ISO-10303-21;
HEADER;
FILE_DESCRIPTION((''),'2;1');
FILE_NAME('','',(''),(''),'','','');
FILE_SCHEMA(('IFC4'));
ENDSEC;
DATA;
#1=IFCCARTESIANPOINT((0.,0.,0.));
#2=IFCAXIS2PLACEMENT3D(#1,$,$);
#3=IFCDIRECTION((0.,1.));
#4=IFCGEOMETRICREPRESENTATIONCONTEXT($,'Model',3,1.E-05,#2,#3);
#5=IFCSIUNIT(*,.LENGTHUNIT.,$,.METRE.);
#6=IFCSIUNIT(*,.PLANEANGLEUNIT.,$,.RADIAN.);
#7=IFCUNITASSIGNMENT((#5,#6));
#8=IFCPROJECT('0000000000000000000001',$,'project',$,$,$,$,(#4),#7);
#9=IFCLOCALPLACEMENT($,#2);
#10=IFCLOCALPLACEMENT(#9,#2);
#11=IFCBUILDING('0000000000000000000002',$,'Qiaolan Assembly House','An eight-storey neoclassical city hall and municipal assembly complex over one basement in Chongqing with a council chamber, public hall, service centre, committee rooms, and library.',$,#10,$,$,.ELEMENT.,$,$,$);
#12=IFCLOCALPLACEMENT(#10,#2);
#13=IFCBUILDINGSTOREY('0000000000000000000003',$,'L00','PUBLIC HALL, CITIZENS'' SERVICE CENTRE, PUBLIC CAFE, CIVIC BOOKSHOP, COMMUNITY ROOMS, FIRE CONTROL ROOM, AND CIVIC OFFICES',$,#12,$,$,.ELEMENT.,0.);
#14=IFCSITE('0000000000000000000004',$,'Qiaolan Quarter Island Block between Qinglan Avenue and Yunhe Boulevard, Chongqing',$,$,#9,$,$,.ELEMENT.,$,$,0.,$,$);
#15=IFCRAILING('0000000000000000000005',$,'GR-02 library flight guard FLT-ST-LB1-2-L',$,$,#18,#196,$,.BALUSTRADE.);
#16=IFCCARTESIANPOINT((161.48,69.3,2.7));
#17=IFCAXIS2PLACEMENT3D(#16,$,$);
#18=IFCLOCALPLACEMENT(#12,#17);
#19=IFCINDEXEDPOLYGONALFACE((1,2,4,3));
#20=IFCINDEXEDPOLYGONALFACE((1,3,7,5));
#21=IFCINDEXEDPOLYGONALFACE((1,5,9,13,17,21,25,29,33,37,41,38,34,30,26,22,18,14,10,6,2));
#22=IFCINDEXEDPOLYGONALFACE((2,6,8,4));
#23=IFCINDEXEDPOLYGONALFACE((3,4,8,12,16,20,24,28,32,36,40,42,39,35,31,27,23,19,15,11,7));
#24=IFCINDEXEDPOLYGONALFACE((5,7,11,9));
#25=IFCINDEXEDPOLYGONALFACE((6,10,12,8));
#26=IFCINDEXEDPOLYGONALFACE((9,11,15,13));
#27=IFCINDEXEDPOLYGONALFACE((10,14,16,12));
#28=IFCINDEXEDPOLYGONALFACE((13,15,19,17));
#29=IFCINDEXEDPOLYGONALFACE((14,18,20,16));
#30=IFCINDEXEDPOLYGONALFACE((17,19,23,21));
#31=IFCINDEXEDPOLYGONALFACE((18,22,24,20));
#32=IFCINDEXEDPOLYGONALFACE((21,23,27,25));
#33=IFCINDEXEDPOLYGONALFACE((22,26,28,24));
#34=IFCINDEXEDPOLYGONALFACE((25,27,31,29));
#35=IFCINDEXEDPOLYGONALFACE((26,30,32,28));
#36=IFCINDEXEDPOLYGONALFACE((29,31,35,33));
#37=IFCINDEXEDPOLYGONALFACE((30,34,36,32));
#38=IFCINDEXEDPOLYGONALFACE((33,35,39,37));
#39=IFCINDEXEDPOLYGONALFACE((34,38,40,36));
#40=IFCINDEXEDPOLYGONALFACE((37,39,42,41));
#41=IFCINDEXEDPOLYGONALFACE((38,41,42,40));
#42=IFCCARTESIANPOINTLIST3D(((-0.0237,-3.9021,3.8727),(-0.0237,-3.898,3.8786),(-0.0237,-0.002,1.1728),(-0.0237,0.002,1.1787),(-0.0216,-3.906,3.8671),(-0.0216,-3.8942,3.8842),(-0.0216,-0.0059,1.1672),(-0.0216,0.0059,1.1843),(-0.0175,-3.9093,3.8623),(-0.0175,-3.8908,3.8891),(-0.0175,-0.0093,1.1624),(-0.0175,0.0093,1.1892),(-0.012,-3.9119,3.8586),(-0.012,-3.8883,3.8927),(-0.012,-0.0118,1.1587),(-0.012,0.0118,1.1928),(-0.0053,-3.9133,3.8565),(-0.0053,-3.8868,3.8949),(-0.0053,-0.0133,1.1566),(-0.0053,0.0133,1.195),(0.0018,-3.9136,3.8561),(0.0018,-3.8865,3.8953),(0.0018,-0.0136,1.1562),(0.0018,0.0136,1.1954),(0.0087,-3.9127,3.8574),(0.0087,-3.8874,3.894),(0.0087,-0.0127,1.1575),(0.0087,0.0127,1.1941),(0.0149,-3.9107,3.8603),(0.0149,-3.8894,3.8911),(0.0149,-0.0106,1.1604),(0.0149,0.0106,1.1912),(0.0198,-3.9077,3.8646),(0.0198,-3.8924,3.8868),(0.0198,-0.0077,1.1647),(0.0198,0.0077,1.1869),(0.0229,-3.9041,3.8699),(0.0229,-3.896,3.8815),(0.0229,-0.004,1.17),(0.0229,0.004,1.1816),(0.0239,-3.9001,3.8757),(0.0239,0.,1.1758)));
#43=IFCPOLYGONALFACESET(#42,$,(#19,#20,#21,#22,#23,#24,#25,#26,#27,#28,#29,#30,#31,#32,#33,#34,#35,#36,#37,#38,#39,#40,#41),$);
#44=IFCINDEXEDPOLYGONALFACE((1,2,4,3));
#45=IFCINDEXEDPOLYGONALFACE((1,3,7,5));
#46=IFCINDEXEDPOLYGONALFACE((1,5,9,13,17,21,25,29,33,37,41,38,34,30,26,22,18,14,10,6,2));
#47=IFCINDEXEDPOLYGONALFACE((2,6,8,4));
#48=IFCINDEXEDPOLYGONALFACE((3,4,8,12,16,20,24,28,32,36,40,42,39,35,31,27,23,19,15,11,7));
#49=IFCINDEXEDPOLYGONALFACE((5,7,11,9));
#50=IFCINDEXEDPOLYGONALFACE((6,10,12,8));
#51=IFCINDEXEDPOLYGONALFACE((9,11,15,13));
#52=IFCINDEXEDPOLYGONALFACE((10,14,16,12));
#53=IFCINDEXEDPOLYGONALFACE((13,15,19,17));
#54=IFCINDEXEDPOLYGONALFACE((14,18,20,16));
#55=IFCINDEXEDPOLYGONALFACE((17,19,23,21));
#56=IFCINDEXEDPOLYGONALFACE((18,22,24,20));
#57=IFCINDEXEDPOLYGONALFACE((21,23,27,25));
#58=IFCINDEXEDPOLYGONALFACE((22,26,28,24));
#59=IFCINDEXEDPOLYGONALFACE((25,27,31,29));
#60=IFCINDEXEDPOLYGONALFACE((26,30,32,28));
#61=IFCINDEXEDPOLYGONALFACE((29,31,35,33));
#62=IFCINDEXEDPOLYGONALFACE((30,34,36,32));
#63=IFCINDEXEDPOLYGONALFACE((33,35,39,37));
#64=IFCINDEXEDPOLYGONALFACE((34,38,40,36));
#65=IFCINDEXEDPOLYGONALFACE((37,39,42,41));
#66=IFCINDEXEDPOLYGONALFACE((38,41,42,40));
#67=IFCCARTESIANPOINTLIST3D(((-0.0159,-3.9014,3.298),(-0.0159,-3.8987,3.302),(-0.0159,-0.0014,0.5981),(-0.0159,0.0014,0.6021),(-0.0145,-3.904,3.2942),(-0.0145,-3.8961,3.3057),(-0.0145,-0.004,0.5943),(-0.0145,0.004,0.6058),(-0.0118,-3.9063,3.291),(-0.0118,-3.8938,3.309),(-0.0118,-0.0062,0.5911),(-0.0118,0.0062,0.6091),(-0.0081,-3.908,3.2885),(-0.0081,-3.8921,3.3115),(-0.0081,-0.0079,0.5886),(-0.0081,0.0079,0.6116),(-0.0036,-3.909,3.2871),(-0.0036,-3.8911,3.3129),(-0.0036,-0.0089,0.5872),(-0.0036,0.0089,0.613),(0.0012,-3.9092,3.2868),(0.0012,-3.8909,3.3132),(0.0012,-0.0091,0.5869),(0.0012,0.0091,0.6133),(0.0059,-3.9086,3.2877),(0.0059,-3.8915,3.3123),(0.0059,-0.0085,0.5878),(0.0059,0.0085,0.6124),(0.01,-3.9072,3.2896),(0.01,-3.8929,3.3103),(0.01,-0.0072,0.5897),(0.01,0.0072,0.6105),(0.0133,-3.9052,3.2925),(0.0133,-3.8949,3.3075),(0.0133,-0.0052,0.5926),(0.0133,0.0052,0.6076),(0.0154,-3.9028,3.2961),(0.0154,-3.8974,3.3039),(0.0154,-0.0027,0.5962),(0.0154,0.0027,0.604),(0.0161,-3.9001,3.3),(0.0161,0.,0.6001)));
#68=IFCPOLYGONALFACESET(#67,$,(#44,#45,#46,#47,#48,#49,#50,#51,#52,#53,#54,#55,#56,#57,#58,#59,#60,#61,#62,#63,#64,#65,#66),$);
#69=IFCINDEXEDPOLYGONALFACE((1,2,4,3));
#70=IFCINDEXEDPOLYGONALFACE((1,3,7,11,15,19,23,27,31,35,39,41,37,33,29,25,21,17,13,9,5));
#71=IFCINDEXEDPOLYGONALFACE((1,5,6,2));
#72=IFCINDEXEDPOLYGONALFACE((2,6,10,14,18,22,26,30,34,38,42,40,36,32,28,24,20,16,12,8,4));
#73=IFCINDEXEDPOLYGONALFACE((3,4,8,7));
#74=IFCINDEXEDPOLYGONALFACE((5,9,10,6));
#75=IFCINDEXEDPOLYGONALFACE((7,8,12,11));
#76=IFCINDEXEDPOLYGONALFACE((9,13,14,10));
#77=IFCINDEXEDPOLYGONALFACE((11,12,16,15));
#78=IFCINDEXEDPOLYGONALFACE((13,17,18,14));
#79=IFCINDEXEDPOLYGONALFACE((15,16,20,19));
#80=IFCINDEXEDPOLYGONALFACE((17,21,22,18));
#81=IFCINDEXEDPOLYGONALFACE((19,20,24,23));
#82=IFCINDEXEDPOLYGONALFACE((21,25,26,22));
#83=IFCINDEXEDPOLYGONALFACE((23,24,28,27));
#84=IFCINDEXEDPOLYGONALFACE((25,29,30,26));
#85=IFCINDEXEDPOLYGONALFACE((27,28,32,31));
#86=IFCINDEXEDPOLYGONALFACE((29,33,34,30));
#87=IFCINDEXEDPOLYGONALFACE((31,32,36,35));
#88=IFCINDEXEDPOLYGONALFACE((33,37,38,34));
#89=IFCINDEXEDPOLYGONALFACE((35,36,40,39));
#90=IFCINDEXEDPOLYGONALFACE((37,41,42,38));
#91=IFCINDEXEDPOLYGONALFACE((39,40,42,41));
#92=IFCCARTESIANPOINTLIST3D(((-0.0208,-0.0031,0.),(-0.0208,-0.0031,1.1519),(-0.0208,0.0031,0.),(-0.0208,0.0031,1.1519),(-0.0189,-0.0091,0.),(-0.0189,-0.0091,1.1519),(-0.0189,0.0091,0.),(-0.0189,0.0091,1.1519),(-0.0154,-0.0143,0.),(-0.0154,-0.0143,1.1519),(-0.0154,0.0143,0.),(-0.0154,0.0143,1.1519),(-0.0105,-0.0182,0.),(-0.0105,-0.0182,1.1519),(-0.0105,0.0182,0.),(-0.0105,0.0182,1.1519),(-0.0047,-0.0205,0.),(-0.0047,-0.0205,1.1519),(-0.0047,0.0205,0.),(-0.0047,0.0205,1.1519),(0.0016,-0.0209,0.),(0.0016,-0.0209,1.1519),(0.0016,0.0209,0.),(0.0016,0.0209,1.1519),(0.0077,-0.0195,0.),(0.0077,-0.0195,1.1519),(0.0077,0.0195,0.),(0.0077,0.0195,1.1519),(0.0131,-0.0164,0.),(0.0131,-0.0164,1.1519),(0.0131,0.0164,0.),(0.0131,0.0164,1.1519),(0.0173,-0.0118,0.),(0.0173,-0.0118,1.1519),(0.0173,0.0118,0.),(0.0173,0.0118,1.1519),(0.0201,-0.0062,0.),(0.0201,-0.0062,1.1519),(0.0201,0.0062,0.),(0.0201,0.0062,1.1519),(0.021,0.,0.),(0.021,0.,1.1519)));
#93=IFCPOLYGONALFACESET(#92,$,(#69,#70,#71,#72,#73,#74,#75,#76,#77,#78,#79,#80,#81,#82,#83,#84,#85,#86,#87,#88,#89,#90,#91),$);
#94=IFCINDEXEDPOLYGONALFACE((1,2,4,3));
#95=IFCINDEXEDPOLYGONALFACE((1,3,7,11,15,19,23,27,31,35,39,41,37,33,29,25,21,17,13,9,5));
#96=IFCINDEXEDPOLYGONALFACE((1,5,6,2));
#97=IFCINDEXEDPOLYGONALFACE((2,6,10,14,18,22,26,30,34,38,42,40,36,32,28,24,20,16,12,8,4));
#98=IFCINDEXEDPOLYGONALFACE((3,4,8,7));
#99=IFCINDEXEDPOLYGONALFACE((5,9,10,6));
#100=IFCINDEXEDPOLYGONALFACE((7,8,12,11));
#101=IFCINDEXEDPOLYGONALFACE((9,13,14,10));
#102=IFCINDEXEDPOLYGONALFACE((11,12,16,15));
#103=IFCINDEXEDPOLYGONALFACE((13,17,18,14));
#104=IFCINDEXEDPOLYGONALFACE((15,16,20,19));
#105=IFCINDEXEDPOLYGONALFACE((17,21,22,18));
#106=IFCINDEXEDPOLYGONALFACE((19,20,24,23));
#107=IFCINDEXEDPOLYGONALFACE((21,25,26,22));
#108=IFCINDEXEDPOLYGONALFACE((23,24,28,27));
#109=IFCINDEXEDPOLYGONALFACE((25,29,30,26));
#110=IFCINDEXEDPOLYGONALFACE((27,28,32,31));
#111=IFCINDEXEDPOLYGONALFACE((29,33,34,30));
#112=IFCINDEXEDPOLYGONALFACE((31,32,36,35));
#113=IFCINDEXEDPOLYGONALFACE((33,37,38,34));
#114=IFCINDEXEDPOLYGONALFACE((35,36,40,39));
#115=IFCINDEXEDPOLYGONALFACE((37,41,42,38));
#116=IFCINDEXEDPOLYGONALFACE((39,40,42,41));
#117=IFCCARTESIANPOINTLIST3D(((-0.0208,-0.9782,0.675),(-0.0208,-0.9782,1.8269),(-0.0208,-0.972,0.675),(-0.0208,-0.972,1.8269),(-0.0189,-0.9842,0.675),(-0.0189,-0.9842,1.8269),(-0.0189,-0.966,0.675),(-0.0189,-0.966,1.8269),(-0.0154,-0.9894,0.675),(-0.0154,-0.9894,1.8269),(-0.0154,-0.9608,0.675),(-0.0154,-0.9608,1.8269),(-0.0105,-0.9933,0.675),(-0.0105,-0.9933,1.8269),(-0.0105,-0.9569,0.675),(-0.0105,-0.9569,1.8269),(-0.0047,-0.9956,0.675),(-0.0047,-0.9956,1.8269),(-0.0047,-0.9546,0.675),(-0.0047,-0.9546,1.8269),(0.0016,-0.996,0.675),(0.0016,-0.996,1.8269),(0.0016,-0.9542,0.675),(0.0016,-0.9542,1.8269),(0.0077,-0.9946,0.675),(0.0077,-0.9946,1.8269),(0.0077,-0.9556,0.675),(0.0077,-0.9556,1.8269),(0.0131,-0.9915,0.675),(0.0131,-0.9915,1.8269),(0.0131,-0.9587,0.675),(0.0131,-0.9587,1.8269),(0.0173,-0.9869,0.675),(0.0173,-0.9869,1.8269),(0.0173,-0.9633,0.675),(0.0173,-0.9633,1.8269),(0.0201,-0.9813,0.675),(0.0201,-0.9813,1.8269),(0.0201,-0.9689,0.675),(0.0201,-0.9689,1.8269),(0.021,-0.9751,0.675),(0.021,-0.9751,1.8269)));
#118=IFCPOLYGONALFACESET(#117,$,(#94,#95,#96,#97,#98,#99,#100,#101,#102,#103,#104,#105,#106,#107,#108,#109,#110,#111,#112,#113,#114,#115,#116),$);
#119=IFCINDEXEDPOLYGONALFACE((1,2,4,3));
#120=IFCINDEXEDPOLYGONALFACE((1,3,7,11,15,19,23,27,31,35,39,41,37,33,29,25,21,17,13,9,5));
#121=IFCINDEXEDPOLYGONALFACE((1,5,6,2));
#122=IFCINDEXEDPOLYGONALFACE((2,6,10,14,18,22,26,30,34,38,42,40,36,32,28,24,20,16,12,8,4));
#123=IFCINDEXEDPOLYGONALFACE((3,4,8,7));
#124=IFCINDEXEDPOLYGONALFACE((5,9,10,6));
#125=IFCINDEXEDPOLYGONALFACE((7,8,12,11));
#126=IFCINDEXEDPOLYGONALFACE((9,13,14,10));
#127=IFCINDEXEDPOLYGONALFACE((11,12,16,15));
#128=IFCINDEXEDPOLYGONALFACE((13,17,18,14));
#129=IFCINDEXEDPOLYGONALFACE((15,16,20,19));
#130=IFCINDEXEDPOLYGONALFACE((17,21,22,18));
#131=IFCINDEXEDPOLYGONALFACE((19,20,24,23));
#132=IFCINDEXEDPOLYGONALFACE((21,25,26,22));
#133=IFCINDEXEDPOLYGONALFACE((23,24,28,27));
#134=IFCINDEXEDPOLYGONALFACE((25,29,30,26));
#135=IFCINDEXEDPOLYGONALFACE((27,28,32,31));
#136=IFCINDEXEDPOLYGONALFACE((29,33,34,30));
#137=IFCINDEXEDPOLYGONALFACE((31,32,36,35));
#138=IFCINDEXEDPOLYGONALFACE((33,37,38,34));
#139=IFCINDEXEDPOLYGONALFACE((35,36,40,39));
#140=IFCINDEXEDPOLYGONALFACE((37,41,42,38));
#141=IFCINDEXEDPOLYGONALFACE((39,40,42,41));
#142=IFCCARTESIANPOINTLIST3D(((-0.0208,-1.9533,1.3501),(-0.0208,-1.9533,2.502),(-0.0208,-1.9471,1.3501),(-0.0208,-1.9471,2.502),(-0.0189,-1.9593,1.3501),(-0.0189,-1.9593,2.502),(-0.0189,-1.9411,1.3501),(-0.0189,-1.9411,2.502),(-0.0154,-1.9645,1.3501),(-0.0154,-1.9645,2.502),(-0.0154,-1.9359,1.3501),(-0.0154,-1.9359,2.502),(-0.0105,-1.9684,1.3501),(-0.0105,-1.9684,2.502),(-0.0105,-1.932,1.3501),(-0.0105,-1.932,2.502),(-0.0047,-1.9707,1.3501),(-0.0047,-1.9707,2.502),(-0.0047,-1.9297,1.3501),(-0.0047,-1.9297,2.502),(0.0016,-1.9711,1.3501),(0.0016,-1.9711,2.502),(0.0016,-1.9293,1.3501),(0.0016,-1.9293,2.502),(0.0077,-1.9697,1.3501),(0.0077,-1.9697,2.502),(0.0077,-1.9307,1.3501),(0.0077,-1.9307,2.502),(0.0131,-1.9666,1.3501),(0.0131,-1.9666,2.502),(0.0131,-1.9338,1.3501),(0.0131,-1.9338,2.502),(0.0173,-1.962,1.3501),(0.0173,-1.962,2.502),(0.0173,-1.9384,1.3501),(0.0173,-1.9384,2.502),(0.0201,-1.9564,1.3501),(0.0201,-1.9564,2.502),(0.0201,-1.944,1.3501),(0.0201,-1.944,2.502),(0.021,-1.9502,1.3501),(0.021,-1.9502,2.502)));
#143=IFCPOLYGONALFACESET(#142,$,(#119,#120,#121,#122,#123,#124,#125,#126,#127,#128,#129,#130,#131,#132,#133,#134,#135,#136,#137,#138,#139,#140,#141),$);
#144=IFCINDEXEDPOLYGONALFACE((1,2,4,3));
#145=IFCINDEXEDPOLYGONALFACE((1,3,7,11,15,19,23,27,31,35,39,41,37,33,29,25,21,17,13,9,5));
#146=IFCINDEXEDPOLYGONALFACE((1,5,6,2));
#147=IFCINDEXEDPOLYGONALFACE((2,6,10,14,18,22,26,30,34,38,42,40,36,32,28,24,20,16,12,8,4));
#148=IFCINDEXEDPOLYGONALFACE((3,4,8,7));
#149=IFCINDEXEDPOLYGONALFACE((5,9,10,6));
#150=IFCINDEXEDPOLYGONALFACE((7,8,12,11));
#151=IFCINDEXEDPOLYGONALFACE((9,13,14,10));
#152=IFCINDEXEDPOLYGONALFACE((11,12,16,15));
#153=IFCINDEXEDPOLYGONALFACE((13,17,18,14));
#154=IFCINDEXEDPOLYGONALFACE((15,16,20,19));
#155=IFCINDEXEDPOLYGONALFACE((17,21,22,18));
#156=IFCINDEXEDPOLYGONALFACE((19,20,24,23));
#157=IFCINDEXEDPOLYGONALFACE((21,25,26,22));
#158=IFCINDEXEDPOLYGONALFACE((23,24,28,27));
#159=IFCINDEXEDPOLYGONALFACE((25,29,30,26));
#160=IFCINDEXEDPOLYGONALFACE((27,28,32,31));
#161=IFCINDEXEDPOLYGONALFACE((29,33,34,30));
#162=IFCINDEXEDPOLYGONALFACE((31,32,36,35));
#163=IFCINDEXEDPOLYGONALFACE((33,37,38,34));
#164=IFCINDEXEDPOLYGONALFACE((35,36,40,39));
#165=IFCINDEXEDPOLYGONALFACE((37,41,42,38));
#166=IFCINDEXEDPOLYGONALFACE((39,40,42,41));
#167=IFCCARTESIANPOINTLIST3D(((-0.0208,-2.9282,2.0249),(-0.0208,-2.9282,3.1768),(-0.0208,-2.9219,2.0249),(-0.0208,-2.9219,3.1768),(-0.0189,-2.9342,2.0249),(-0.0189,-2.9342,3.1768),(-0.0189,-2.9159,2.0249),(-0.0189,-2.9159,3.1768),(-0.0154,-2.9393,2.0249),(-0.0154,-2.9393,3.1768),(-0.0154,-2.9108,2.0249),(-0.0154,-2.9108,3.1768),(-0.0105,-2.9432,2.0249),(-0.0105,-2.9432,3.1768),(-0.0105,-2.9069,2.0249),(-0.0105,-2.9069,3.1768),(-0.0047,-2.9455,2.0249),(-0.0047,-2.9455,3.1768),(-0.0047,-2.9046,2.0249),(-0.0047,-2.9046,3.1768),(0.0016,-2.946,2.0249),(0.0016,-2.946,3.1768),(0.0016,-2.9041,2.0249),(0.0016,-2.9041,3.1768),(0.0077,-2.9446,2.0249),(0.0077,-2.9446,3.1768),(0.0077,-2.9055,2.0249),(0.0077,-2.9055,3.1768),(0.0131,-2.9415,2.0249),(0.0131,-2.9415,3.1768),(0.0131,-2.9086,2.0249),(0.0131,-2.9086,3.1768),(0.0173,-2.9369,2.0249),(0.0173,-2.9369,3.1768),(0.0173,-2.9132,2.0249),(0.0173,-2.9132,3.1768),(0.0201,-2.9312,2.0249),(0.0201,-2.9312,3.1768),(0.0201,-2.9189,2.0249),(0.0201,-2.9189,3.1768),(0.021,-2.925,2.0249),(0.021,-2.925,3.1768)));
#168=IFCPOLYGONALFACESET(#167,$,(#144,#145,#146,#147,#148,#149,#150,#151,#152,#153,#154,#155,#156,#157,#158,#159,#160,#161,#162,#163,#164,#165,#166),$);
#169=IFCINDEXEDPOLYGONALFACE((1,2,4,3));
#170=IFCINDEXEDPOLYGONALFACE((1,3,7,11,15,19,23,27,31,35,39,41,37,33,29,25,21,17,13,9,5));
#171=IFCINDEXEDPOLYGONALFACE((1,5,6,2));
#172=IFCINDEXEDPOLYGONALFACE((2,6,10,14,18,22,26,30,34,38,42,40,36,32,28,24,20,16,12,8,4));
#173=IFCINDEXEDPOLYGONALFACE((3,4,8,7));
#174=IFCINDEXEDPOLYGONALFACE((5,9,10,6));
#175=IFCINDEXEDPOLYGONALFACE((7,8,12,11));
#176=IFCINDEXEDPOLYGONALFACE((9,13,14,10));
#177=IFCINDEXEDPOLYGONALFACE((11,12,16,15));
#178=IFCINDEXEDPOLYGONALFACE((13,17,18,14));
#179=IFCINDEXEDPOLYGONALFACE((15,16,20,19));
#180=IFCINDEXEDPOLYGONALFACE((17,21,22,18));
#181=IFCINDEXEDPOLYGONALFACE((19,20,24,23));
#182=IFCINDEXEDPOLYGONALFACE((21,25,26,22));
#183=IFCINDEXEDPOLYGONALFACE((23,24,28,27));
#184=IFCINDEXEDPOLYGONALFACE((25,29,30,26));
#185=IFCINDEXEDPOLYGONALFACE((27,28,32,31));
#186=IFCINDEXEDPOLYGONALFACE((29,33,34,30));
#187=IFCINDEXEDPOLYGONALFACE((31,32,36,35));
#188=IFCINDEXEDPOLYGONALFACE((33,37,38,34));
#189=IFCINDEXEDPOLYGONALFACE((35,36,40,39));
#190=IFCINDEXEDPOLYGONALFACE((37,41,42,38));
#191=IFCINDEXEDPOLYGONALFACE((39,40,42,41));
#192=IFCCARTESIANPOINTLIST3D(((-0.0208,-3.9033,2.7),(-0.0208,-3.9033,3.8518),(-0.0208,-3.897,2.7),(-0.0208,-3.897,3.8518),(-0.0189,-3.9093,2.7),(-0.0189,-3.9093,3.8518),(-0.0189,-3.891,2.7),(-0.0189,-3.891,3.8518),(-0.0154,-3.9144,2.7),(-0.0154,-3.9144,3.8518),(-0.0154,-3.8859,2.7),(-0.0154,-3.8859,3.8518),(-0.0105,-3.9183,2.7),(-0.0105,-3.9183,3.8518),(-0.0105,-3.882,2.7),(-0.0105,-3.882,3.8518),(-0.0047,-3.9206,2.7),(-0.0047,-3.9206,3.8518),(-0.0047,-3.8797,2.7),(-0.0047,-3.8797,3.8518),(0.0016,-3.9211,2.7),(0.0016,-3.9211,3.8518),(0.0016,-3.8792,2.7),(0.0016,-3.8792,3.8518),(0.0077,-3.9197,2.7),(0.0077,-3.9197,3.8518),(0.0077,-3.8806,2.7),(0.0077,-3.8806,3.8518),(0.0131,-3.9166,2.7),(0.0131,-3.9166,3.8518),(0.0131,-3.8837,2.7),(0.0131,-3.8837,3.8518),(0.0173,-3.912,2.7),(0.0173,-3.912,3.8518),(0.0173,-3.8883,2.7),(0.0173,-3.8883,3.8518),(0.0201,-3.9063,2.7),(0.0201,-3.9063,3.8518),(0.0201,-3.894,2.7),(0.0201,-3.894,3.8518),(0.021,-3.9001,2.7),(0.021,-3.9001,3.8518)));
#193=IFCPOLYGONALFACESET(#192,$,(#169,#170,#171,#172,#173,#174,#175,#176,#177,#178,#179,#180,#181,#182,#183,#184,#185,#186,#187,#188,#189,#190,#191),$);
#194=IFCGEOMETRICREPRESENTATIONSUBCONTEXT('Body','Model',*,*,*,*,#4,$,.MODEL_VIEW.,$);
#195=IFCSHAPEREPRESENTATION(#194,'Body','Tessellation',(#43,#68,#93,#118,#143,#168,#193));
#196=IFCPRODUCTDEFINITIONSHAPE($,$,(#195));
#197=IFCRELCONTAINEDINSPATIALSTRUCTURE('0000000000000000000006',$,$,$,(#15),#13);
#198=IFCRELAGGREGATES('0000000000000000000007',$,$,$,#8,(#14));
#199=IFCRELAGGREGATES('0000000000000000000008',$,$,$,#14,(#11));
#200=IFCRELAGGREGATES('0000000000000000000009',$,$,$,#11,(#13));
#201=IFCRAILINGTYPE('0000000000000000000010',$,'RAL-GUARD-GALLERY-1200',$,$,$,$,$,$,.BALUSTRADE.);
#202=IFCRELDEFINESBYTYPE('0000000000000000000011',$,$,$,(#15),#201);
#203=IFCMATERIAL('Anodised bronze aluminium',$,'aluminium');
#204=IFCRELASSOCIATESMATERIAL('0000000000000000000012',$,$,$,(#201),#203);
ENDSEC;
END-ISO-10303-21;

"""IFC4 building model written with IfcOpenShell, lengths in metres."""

from ifc_helpers import new_model, si_unit, direction, frame, origin, origin_2d, place, context, subcontext, project, spatial, circle, extrude, material, type_object, element, save


model = new_model("IFC4")

# Units and contexts
model_context = context("Model", 3, precision=1e-05, world=origin(), true_north=direction((0.0, 1.0)))
body_context = subcontext(model_context, "Body", "Model", "MODEL_VIEW")
ifc_project = project(units=[si_unit("LENGTHUNIT", "METRE"), si_unit("PLANEANGLEUNIT", "RADIAN")], contexts=[model_context])

# Site, building, storey
site_placement = place(None, origin())
site = spatial("IfcSite", under=ifc_project, at=site_placement, Name="Qiaolan Quarter Island Block between Qinglan Avenue and Yunhe Boulevard, Chongqing", CompositionType="ELEMENT", RefElevation=0.0)
building_placement = place(site_placement, origin())
building = spatial("IfcBuilding", under=site, at=building_placement, Name="Qiaolan Assembly House", Description="An eight-storey neoclassical city hall and municipal assembly complex over one basement in Chongqing with a council chamber, public hall, service centre, committee rooms, and library.", CompositionType="ELEMENT")
storey_placement = place(building_placement, origin())
storey = spatial("IfcBuildingStorey", under=building, at=storey_placement, Name="L00", Description="PUBLIC HALL, CITIZENS' SERVICE CENTRE, PUBLIC CAFE, CIVIC BOOKSHOP, COMMUNITY ROOMS, FIRE CONTROL ROOM, AND CIVIC OFFICES", CompositionType="ELEMENT", Elevation=0.0)

# Railing
ifc_material_1 = material(Name="Anodised bronze aluminium", Category="aluminium")
railing_type = type_object("IfcRailingType", Name="RAL-GUARD-GALLERY-1200", PredefinedType="BALUSTRADE", material=ifc_material_1)
railing_1_placement = place(storey_placement, frame((161.48, 69.3, 2.7)))
element("IfcRailing", 1, at=railing_1_placement, inside=storey, type_object=railing_type, Name="GR-02 library flight guard FLT-ST-LB1-2-L", PredefinedType="BALUSTRADE", context=body_context, shape_type="SweptSolid", body=[
    extrude(circle(Radius=0.0239, at=origin_2d()), frame((0.0, 0.0, 1.1758), z_axis=(0.0, -0.822207, 0.569189), x_axis=(1.0, 0.0, 0.0)), (0.0, 0.0, 1.0), 4.7434),
    extrude(circle(Radius=0.0161, at=origin_2d()), frame((0.0, 0.0, 0.6001), z_axis=(0.0, -0.822207, 0.569189), x_axis=(1.0, 0.0, 0.0)), (0.0, 0.0, 1.0), 4.7434),
    extrude(circle(Radius=0.021, at=origin_2d()), origin(), (0.0, 0.0, 1.0), 1.1519),
    extrude(circle(Radius=0.021, at=origin_2d()), frame((0.0, -0.9751, 0.675)), (0.0, 0.0, 1.0), 1.1519),
    extrude(circle(Radius=0.021, at=origin_2d()), frame((0.0, -1.9502, 1.3501)), (0.0, 0.0, 1.0), 1.1519),
    extrude(circle(Radius=0.021, at=origin_2d()), frame((0.0, -2.925, 2.0249)), (0.0, 0.0, 1.0), 1.1519),
    extrude(circle(Radius=0.021, at=origin_2d()), frame((0.0, -3.9001, 2.7)), (0.0, 0.0, 1.0), 1.1519),
])

save(model, "model.ifc")
